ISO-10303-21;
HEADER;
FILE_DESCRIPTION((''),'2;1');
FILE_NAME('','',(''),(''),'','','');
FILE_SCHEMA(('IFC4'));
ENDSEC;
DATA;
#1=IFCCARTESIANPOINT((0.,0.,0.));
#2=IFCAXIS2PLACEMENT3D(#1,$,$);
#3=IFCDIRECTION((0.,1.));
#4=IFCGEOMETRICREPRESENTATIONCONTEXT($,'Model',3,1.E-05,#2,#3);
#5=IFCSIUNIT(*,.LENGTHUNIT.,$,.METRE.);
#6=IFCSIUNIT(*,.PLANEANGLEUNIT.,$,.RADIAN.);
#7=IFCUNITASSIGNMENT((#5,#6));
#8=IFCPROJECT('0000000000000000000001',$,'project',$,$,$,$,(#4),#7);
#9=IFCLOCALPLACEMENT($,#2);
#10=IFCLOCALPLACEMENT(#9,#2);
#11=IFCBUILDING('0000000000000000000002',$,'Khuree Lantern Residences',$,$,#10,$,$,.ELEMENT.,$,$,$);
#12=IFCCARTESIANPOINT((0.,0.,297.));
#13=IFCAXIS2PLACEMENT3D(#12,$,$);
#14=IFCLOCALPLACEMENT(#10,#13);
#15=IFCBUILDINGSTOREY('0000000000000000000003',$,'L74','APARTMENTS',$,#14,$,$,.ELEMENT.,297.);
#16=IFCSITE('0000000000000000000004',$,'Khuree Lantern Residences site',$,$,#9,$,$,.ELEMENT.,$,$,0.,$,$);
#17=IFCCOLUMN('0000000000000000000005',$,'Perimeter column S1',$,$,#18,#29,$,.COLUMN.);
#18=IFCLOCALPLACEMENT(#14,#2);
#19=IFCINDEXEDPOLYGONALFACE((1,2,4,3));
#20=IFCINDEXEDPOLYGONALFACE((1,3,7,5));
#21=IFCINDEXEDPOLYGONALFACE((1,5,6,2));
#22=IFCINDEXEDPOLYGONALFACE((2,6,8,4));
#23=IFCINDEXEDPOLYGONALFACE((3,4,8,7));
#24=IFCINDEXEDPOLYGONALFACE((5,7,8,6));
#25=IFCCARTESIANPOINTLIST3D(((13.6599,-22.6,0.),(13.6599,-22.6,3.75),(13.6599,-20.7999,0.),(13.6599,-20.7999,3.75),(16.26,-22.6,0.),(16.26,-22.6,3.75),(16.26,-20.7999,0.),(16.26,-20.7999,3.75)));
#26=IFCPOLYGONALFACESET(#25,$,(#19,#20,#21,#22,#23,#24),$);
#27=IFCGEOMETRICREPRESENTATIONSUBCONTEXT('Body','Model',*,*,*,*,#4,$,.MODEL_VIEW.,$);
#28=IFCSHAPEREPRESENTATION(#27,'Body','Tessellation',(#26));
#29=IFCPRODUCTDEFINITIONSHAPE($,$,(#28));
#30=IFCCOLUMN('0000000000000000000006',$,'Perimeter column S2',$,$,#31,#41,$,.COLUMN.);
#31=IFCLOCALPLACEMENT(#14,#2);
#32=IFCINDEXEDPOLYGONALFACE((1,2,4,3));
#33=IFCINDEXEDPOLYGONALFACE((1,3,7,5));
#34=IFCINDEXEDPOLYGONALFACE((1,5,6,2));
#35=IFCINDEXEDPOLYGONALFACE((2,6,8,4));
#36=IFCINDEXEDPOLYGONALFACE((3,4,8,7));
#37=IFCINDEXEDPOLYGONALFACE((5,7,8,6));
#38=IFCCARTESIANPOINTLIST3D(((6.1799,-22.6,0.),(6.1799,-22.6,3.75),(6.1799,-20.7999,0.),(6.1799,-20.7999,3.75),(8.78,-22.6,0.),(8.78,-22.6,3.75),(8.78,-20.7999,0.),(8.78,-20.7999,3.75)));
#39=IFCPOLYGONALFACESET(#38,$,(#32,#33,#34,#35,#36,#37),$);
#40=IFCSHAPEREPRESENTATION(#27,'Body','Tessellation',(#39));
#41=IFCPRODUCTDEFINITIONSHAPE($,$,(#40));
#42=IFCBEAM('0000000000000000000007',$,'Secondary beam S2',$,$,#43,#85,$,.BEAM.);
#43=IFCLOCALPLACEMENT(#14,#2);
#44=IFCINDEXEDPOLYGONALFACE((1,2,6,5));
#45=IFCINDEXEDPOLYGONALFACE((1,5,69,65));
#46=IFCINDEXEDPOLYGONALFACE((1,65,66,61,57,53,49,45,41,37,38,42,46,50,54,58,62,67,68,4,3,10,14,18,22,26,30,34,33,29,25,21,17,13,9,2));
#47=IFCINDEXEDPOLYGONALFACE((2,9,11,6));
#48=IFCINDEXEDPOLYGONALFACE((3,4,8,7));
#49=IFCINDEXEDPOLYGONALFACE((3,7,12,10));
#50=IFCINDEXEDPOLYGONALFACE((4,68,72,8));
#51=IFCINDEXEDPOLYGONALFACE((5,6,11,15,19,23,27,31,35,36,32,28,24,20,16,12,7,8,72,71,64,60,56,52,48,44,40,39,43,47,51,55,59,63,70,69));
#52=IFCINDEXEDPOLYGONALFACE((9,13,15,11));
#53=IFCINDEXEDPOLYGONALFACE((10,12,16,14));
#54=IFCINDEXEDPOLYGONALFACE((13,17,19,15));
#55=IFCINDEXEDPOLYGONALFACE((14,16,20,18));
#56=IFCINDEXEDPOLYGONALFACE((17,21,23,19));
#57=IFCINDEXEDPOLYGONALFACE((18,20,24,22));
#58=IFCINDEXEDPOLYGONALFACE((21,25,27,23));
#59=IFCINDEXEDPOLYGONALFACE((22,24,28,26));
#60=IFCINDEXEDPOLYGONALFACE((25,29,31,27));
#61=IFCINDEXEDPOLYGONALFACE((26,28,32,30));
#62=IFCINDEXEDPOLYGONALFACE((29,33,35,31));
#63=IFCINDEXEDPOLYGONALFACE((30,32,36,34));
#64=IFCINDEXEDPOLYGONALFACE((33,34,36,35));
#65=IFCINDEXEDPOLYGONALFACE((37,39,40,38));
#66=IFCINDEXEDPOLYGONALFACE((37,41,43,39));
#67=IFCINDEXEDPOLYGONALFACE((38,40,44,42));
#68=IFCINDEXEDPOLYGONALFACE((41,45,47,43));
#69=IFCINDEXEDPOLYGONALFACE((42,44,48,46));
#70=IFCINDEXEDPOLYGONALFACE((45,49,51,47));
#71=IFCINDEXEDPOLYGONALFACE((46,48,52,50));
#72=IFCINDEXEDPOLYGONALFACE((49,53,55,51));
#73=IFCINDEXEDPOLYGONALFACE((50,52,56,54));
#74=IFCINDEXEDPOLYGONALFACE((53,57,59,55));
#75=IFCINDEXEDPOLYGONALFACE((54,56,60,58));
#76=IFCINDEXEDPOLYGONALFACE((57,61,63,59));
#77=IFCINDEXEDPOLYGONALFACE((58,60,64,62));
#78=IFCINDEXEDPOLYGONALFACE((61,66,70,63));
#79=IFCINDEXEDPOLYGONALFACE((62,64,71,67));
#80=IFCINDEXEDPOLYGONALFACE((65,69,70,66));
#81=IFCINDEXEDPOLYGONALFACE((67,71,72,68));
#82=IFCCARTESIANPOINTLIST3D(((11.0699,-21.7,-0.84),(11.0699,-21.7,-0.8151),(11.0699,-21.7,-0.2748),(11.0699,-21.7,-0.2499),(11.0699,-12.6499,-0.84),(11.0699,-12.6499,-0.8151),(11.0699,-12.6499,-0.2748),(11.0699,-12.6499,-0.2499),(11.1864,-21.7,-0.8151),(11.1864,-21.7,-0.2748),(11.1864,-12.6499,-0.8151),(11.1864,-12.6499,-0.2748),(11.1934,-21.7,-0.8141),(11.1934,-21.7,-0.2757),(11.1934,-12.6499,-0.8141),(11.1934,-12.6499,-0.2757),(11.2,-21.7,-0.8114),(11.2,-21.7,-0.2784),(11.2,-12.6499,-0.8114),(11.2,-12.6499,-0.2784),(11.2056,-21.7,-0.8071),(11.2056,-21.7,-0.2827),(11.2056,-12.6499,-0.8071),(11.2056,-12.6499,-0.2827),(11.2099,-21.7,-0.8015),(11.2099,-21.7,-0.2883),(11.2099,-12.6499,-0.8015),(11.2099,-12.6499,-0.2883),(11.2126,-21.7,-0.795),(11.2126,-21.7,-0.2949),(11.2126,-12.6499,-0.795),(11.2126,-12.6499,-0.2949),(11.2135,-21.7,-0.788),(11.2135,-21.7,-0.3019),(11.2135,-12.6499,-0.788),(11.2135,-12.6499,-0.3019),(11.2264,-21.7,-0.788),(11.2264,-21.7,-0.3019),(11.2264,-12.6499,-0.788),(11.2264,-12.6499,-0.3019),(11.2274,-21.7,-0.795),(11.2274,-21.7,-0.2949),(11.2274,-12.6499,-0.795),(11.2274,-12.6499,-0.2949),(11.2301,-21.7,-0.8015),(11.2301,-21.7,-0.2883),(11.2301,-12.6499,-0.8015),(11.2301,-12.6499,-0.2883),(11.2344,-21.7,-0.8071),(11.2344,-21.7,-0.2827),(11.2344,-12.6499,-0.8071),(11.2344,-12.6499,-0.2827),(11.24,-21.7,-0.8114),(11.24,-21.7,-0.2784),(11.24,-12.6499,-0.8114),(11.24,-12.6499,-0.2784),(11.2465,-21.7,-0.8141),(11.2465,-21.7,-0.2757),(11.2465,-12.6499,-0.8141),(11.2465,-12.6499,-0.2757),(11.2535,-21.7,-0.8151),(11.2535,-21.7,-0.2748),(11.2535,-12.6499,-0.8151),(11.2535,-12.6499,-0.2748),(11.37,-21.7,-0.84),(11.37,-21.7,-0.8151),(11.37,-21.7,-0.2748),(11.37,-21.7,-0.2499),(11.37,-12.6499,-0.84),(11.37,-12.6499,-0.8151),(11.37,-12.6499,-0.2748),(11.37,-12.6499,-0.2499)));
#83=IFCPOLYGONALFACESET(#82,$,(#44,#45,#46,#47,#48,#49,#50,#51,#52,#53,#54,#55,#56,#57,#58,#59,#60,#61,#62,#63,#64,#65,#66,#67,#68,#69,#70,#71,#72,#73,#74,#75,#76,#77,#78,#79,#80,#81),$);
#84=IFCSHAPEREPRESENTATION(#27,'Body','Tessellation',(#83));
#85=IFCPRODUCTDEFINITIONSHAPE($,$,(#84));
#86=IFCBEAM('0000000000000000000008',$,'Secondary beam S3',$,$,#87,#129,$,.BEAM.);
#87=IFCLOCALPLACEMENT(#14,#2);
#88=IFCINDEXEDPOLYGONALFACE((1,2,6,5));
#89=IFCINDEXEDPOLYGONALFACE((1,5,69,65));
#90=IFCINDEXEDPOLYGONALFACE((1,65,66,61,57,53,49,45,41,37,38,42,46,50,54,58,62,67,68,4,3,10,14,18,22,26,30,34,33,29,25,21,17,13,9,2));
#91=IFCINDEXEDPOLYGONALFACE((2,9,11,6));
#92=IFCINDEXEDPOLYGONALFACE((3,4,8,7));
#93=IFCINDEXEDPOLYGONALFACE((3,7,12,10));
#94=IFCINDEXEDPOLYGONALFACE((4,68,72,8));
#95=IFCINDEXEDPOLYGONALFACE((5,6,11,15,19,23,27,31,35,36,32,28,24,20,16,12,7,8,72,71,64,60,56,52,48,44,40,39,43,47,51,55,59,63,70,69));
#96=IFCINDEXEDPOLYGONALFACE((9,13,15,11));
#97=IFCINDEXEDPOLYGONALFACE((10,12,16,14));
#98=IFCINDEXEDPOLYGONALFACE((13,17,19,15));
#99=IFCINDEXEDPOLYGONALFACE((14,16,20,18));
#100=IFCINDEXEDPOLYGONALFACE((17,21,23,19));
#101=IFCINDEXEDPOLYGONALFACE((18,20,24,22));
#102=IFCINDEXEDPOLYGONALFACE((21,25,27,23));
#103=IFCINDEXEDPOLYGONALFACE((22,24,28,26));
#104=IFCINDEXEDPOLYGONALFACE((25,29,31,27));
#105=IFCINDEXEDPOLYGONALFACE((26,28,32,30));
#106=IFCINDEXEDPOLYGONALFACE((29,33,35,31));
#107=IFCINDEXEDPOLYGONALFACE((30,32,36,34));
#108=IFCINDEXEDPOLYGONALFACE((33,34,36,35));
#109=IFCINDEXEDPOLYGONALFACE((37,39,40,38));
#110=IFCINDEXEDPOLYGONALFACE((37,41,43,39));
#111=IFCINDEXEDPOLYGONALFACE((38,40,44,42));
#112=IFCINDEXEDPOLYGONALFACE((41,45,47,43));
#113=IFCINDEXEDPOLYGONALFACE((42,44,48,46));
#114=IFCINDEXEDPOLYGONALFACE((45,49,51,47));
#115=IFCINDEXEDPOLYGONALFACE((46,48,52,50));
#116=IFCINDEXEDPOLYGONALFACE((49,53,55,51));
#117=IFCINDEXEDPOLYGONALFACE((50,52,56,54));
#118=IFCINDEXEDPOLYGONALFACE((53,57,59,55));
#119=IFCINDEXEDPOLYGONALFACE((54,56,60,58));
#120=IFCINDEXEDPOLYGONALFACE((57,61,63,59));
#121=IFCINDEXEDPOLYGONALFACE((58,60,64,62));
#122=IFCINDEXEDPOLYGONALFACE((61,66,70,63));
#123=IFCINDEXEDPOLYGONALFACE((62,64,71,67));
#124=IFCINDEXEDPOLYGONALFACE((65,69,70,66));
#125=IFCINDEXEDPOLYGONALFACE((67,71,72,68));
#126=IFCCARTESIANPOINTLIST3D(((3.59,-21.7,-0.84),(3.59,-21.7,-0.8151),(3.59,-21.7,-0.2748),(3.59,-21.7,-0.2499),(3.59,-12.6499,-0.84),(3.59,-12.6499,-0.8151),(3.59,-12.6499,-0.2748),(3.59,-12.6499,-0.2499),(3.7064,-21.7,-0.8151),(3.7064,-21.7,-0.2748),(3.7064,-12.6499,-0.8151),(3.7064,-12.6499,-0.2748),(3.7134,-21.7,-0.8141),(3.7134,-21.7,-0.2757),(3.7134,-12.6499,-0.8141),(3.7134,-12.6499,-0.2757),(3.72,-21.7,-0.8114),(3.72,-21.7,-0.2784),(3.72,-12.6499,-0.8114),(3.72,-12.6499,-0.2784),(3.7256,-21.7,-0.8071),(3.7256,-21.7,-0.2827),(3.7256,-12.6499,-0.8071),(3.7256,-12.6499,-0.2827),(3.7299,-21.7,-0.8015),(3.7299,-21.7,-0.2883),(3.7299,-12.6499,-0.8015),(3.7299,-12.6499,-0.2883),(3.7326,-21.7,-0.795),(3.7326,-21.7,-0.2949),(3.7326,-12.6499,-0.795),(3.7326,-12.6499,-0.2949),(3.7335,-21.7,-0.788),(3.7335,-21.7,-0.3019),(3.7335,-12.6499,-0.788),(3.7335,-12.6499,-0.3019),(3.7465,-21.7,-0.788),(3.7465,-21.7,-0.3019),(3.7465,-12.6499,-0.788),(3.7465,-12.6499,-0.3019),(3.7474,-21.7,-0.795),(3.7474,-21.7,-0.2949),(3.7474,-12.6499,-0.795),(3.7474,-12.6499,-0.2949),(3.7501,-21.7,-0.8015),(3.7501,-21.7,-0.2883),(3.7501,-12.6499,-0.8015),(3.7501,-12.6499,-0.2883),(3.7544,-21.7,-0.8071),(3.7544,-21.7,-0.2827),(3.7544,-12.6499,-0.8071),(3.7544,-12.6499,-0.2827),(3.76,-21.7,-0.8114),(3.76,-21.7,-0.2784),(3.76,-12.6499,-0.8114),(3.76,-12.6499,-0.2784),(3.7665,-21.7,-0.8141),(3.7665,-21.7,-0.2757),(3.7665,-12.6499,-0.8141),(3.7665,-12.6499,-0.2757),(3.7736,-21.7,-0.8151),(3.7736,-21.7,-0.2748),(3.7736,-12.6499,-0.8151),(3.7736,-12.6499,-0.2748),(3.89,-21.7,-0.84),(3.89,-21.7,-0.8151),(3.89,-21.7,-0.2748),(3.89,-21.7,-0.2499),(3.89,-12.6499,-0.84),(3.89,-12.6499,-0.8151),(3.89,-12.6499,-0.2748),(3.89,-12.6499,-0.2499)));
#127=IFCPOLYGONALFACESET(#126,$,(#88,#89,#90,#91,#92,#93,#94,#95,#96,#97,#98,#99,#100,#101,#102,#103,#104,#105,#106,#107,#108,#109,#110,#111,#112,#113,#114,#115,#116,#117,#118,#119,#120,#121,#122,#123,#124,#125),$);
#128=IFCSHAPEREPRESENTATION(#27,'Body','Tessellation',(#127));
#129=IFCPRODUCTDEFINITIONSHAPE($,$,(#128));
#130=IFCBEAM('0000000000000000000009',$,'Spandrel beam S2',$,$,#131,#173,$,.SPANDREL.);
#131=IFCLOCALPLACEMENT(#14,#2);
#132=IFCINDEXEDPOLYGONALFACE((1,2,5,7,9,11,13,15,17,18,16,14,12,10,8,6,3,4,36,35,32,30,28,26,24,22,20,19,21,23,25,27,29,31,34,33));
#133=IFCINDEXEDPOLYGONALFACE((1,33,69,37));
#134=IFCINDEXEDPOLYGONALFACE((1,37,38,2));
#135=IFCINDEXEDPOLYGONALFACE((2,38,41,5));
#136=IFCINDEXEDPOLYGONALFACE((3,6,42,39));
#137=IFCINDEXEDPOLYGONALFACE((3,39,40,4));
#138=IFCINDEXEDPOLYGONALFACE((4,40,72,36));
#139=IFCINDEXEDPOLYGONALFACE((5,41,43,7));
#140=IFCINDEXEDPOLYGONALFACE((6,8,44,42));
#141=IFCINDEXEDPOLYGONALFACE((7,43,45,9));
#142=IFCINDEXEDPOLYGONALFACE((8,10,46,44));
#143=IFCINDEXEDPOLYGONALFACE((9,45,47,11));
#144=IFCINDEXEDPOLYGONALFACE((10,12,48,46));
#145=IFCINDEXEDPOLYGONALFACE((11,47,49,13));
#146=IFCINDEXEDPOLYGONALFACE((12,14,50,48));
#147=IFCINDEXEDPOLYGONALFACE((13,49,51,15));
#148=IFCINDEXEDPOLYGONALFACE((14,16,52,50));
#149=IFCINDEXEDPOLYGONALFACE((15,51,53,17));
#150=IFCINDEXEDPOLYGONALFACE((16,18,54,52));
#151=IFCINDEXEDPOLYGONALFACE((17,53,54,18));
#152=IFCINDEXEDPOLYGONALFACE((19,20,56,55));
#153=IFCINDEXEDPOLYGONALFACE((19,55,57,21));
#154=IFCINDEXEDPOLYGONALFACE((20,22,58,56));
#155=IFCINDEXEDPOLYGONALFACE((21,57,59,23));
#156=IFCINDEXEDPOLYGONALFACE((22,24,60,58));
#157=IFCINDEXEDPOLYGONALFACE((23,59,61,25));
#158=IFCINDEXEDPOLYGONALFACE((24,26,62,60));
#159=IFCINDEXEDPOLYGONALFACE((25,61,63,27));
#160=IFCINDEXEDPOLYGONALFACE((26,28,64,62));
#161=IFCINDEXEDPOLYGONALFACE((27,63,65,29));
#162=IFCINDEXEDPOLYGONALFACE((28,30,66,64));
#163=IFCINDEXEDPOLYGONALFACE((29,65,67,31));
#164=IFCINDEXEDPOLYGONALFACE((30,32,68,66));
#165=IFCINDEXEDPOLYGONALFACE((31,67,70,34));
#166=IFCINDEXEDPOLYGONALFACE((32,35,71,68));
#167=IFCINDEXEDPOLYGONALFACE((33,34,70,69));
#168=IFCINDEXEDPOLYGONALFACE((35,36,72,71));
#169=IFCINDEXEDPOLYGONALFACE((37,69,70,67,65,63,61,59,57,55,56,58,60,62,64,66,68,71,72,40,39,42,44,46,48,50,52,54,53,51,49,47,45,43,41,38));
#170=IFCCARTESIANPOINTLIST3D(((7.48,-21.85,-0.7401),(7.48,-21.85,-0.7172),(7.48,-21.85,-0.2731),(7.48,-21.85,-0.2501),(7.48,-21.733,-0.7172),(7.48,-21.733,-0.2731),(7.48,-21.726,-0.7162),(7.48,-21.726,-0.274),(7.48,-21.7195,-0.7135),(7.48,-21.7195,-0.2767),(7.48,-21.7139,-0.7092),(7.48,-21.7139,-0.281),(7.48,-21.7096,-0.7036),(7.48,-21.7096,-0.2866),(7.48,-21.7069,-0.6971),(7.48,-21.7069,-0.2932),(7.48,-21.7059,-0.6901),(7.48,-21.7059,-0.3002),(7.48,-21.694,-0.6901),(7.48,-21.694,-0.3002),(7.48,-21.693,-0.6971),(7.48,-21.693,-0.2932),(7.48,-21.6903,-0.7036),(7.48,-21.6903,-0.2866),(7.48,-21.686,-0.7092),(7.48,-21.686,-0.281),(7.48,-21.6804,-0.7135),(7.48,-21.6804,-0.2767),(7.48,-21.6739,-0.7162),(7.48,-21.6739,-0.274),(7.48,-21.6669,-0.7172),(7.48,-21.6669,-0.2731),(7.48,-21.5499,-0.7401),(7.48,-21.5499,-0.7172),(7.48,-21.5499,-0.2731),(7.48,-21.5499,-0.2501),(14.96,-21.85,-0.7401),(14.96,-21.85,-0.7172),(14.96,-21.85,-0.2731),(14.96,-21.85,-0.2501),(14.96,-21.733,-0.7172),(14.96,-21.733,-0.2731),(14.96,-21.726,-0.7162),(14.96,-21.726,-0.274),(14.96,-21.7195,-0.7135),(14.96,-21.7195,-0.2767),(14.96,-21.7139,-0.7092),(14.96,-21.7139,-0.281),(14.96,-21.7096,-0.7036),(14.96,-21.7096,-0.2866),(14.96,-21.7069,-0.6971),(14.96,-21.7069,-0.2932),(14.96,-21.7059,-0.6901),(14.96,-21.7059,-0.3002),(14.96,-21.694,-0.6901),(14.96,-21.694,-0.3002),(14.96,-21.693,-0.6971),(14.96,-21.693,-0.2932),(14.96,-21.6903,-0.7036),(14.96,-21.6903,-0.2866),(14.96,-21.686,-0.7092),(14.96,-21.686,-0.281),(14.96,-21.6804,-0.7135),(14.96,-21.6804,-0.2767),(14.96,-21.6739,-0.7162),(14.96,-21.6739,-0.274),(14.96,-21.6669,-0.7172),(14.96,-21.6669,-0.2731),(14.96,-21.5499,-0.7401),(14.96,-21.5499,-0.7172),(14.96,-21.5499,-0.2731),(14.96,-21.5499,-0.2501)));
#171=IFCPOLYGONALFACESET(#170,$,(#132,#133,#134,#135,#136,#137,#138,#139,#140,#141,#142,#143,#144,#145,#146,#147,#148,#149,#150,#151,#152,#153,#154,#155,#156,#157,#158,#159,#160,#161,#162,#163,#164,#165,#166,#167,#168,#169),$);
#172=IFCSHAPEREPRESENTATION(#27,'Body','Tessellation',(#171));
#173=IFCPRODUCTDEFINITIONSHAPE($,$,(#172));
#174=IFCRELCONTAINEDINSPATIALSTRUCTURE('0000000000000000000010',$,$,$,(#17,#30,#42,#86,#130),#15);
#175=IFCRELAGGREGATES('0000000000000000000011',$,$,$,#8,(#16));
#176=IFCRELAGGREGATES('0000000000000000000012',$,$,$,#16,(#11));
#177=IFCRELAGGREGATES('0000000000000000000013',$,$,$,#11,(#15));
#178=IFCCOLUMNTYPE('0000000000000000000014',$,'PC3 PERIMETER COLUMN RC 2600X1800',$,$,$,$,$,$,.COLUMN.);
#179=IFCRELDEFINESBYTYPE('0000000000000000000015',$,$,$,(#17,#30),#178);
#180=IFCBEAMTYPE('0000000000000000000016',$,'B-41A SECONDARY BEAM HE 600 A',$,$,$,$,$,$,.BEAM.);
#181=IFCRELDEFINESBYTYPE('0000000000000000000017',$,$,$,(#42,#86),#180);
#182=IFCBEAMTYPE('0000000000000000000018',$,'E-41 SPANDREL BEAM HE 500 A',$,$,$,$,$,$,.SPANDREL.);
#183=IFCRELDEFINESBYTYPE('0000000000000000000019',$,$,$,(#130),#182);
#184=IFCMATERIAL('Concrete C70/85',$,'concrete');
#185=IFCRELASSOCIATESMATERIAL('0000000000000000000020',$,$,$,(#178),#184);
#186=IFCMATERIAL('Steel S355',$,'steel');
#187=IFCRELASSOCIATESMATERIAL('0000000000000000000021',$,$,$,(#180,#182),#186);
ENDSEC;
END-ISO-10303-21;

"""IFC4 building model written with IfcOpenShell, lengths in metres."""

from ifc_helpers import new_model, si_unit, direction, frame, origin, origin_2d, place, context, subcontext, project, spatial, rectangle, i_section, extrude, material, material_profile, profile_set, type_object, element, save


model = new_model("IFC4")

# Units and contexts
model_context = context("Model", 3, precision=1e-05, world=origin(), true_north=direction((0.0, 1.0)))
body_context = subcontext(model_context, "Body", "Model", "MODEL_VIEW")
ifc_project = project(units=[si_unit("LENGTHUNIT", "METRE"), si_unit("PLANEANGLEUNIT", "RADIAN")], contexts=[model_context])

# Site, building, storey
site_placement = place(None, origin())
site = spatial("IfcSite", under=ifc_project, at=site_placement, Name="Khuree Lantern Residences site", CompositionType="ELEMENT", RefElevation=0.0)
building_placement = place(site_placement, origin())
building = spatial("IfcBuilding", under=site, at=building_placement, Name="Khuree Lantern Residences", CompositionType="ELEMENT")
storey_placement = place(building_placement, frame((0.0, 0.0, 297.0)))
storey = spatial("IfcBuildingStorey", under=building, at=storey_placement, Name="L74", Description="APARTMENTS", CompositionType="ELEMENT", Elevation=297.0)

# Columns
ifc_material_1 = material(Name="Concrete C70/85", Category="concrete")
ifc_material_profile_1 = material_profile(ifc_material_1, rectangle(XDim=2.6001, YDim=1.8, at=origin_2d()), Name="RC 2600X1800")
ifc_profile_set_1 = profile_set([ifc_material_profile_1], Name="Concrete C70/85")
column_type = type_object("IfcColumnType", Name="PC3 PERIMETER COLUMN RC 2600X1800", PredefinedType="COLUMN", material=ifc_profile_set_1)
for number, where, z_axis, x_axis, name in (
    (1, (14.96, -21.7, 0.0), (0.0, 0.0, 1.0), (1.0, 0.0, 0.0), "Perimeter column S1"),
    (2, (7.48, -21.7, 0.0), (0.0, 0.0, 1.0), (1.0, 0.0, 0.0), "Perimeter column S2"),
):
    element("IfcColumn", number, at=place(storey_placement, frame(where, z_axis=z_axis, x_axis=x_axis)), inside=storey, type_object=column_type, Name=name, PredefinedType="COLUMN", context=body_context, shape_type="SweptSolid", body=[
        extrude(rectangle(XDim=2.6001, YDim=1.8, at=origin_2d()), origin(), (0.0, 0.0, 1.0), 3.75),
    ])

# Beams
ifc_material_2 = material(Name="Steel S355", Category="steel")
ifc_material_profile_2 = material_profile(ifc_material_2, i_section(OverallWidth=0.3, OverallDepth=0.5901, WebThickness=0.0129, FlangeThickness=0.0249, FilletRadius=0.0271, at=origin_2d()), Name="HE 600 A")
ifc_profile_set_2 = profile_set([ifc_material_profile_2], Name="Steel S355")
beam_type_1 = type_object("IfcBeamType", Name="B-41A SECONDARY BEAM HE 600 A", PredefinedType="BEAM", material=ifc_profile_set_2)
for number, where, z_axis, x_axis, name in (
    (3, (11.22, -21.7, -0.5449), (0.0, 1.0, 0.0), (-1.0, 0.0, 0.0), "Secondary beam S2"),
    (4, (3.74, -21.7, -0.5449), (0.0, 1.0, 0.0), (-1.0, 0.0, 0.0), "Secondary beam S3"),
):
    element("IfcBeam", number, at=place(storey_placement, frame(where, z_axis=z_axis, x_axis=x_axis)), inside=storey, type_object=beam_type_1, Name=name, PredefinedType="BEAM", context=body_context, shape_type="SweptSolid", body=[
        extrude(i_section(OverallWidth=0.3, OverallDepth=0.5901, WebThickness=0.0129, FlangeThickness=0.0249, FilletRadius=0.0271, at=origin_2d()), origin(), (0.0, 0.0, 1.0), 9.05),
    ])
ifc_material_profile_3 = material_profile(ifc_material_2, i_section(OverallWidth=0.3, OverallDepth=0.49, WebThickness=0.012, FlangeThickness=0.0229, FilletRadius=0.0271, at=origin_2d()), Name="HE 500 A")
ifc_profile_set_3 = profile_set([ifc_material_profile_3], Name="Steel S355")
beam_type_2 = type_object("IfcBeamType", Name="E-41 SPANDREL BEAM HE 500 A", PredefinedType="SPANDREL", material=ifc_profile_set_3)
for number, where, z_axis, x_axis, name in (
    (5, (14.96, -21.7, -0.4951), (-1.0, 0.0, 0.0), (0.0, -1.0, 0.0), "Spandrel beam S2"),
):
    element("IfcBeam", number, at=place(storey_placement, frame(where, z_axis=z_axis, x_axis=x_axis)), inside=storey, type_object=beam_type_2, Name=name, PredefinedType="SPANDREL", context=body_context, shape_type="SweptSolid", body=[
        extrude(i_section(OverallWidth=0.3, OverallDepth=0.49, WebThickness=0.012, FlangeThickness=0.0229, FilletRadius=0.0271, at=origin_2d()), origin(), (0.0, 0.0, 1.0), 7.48),
    ])

save(model, "model.ifc")
